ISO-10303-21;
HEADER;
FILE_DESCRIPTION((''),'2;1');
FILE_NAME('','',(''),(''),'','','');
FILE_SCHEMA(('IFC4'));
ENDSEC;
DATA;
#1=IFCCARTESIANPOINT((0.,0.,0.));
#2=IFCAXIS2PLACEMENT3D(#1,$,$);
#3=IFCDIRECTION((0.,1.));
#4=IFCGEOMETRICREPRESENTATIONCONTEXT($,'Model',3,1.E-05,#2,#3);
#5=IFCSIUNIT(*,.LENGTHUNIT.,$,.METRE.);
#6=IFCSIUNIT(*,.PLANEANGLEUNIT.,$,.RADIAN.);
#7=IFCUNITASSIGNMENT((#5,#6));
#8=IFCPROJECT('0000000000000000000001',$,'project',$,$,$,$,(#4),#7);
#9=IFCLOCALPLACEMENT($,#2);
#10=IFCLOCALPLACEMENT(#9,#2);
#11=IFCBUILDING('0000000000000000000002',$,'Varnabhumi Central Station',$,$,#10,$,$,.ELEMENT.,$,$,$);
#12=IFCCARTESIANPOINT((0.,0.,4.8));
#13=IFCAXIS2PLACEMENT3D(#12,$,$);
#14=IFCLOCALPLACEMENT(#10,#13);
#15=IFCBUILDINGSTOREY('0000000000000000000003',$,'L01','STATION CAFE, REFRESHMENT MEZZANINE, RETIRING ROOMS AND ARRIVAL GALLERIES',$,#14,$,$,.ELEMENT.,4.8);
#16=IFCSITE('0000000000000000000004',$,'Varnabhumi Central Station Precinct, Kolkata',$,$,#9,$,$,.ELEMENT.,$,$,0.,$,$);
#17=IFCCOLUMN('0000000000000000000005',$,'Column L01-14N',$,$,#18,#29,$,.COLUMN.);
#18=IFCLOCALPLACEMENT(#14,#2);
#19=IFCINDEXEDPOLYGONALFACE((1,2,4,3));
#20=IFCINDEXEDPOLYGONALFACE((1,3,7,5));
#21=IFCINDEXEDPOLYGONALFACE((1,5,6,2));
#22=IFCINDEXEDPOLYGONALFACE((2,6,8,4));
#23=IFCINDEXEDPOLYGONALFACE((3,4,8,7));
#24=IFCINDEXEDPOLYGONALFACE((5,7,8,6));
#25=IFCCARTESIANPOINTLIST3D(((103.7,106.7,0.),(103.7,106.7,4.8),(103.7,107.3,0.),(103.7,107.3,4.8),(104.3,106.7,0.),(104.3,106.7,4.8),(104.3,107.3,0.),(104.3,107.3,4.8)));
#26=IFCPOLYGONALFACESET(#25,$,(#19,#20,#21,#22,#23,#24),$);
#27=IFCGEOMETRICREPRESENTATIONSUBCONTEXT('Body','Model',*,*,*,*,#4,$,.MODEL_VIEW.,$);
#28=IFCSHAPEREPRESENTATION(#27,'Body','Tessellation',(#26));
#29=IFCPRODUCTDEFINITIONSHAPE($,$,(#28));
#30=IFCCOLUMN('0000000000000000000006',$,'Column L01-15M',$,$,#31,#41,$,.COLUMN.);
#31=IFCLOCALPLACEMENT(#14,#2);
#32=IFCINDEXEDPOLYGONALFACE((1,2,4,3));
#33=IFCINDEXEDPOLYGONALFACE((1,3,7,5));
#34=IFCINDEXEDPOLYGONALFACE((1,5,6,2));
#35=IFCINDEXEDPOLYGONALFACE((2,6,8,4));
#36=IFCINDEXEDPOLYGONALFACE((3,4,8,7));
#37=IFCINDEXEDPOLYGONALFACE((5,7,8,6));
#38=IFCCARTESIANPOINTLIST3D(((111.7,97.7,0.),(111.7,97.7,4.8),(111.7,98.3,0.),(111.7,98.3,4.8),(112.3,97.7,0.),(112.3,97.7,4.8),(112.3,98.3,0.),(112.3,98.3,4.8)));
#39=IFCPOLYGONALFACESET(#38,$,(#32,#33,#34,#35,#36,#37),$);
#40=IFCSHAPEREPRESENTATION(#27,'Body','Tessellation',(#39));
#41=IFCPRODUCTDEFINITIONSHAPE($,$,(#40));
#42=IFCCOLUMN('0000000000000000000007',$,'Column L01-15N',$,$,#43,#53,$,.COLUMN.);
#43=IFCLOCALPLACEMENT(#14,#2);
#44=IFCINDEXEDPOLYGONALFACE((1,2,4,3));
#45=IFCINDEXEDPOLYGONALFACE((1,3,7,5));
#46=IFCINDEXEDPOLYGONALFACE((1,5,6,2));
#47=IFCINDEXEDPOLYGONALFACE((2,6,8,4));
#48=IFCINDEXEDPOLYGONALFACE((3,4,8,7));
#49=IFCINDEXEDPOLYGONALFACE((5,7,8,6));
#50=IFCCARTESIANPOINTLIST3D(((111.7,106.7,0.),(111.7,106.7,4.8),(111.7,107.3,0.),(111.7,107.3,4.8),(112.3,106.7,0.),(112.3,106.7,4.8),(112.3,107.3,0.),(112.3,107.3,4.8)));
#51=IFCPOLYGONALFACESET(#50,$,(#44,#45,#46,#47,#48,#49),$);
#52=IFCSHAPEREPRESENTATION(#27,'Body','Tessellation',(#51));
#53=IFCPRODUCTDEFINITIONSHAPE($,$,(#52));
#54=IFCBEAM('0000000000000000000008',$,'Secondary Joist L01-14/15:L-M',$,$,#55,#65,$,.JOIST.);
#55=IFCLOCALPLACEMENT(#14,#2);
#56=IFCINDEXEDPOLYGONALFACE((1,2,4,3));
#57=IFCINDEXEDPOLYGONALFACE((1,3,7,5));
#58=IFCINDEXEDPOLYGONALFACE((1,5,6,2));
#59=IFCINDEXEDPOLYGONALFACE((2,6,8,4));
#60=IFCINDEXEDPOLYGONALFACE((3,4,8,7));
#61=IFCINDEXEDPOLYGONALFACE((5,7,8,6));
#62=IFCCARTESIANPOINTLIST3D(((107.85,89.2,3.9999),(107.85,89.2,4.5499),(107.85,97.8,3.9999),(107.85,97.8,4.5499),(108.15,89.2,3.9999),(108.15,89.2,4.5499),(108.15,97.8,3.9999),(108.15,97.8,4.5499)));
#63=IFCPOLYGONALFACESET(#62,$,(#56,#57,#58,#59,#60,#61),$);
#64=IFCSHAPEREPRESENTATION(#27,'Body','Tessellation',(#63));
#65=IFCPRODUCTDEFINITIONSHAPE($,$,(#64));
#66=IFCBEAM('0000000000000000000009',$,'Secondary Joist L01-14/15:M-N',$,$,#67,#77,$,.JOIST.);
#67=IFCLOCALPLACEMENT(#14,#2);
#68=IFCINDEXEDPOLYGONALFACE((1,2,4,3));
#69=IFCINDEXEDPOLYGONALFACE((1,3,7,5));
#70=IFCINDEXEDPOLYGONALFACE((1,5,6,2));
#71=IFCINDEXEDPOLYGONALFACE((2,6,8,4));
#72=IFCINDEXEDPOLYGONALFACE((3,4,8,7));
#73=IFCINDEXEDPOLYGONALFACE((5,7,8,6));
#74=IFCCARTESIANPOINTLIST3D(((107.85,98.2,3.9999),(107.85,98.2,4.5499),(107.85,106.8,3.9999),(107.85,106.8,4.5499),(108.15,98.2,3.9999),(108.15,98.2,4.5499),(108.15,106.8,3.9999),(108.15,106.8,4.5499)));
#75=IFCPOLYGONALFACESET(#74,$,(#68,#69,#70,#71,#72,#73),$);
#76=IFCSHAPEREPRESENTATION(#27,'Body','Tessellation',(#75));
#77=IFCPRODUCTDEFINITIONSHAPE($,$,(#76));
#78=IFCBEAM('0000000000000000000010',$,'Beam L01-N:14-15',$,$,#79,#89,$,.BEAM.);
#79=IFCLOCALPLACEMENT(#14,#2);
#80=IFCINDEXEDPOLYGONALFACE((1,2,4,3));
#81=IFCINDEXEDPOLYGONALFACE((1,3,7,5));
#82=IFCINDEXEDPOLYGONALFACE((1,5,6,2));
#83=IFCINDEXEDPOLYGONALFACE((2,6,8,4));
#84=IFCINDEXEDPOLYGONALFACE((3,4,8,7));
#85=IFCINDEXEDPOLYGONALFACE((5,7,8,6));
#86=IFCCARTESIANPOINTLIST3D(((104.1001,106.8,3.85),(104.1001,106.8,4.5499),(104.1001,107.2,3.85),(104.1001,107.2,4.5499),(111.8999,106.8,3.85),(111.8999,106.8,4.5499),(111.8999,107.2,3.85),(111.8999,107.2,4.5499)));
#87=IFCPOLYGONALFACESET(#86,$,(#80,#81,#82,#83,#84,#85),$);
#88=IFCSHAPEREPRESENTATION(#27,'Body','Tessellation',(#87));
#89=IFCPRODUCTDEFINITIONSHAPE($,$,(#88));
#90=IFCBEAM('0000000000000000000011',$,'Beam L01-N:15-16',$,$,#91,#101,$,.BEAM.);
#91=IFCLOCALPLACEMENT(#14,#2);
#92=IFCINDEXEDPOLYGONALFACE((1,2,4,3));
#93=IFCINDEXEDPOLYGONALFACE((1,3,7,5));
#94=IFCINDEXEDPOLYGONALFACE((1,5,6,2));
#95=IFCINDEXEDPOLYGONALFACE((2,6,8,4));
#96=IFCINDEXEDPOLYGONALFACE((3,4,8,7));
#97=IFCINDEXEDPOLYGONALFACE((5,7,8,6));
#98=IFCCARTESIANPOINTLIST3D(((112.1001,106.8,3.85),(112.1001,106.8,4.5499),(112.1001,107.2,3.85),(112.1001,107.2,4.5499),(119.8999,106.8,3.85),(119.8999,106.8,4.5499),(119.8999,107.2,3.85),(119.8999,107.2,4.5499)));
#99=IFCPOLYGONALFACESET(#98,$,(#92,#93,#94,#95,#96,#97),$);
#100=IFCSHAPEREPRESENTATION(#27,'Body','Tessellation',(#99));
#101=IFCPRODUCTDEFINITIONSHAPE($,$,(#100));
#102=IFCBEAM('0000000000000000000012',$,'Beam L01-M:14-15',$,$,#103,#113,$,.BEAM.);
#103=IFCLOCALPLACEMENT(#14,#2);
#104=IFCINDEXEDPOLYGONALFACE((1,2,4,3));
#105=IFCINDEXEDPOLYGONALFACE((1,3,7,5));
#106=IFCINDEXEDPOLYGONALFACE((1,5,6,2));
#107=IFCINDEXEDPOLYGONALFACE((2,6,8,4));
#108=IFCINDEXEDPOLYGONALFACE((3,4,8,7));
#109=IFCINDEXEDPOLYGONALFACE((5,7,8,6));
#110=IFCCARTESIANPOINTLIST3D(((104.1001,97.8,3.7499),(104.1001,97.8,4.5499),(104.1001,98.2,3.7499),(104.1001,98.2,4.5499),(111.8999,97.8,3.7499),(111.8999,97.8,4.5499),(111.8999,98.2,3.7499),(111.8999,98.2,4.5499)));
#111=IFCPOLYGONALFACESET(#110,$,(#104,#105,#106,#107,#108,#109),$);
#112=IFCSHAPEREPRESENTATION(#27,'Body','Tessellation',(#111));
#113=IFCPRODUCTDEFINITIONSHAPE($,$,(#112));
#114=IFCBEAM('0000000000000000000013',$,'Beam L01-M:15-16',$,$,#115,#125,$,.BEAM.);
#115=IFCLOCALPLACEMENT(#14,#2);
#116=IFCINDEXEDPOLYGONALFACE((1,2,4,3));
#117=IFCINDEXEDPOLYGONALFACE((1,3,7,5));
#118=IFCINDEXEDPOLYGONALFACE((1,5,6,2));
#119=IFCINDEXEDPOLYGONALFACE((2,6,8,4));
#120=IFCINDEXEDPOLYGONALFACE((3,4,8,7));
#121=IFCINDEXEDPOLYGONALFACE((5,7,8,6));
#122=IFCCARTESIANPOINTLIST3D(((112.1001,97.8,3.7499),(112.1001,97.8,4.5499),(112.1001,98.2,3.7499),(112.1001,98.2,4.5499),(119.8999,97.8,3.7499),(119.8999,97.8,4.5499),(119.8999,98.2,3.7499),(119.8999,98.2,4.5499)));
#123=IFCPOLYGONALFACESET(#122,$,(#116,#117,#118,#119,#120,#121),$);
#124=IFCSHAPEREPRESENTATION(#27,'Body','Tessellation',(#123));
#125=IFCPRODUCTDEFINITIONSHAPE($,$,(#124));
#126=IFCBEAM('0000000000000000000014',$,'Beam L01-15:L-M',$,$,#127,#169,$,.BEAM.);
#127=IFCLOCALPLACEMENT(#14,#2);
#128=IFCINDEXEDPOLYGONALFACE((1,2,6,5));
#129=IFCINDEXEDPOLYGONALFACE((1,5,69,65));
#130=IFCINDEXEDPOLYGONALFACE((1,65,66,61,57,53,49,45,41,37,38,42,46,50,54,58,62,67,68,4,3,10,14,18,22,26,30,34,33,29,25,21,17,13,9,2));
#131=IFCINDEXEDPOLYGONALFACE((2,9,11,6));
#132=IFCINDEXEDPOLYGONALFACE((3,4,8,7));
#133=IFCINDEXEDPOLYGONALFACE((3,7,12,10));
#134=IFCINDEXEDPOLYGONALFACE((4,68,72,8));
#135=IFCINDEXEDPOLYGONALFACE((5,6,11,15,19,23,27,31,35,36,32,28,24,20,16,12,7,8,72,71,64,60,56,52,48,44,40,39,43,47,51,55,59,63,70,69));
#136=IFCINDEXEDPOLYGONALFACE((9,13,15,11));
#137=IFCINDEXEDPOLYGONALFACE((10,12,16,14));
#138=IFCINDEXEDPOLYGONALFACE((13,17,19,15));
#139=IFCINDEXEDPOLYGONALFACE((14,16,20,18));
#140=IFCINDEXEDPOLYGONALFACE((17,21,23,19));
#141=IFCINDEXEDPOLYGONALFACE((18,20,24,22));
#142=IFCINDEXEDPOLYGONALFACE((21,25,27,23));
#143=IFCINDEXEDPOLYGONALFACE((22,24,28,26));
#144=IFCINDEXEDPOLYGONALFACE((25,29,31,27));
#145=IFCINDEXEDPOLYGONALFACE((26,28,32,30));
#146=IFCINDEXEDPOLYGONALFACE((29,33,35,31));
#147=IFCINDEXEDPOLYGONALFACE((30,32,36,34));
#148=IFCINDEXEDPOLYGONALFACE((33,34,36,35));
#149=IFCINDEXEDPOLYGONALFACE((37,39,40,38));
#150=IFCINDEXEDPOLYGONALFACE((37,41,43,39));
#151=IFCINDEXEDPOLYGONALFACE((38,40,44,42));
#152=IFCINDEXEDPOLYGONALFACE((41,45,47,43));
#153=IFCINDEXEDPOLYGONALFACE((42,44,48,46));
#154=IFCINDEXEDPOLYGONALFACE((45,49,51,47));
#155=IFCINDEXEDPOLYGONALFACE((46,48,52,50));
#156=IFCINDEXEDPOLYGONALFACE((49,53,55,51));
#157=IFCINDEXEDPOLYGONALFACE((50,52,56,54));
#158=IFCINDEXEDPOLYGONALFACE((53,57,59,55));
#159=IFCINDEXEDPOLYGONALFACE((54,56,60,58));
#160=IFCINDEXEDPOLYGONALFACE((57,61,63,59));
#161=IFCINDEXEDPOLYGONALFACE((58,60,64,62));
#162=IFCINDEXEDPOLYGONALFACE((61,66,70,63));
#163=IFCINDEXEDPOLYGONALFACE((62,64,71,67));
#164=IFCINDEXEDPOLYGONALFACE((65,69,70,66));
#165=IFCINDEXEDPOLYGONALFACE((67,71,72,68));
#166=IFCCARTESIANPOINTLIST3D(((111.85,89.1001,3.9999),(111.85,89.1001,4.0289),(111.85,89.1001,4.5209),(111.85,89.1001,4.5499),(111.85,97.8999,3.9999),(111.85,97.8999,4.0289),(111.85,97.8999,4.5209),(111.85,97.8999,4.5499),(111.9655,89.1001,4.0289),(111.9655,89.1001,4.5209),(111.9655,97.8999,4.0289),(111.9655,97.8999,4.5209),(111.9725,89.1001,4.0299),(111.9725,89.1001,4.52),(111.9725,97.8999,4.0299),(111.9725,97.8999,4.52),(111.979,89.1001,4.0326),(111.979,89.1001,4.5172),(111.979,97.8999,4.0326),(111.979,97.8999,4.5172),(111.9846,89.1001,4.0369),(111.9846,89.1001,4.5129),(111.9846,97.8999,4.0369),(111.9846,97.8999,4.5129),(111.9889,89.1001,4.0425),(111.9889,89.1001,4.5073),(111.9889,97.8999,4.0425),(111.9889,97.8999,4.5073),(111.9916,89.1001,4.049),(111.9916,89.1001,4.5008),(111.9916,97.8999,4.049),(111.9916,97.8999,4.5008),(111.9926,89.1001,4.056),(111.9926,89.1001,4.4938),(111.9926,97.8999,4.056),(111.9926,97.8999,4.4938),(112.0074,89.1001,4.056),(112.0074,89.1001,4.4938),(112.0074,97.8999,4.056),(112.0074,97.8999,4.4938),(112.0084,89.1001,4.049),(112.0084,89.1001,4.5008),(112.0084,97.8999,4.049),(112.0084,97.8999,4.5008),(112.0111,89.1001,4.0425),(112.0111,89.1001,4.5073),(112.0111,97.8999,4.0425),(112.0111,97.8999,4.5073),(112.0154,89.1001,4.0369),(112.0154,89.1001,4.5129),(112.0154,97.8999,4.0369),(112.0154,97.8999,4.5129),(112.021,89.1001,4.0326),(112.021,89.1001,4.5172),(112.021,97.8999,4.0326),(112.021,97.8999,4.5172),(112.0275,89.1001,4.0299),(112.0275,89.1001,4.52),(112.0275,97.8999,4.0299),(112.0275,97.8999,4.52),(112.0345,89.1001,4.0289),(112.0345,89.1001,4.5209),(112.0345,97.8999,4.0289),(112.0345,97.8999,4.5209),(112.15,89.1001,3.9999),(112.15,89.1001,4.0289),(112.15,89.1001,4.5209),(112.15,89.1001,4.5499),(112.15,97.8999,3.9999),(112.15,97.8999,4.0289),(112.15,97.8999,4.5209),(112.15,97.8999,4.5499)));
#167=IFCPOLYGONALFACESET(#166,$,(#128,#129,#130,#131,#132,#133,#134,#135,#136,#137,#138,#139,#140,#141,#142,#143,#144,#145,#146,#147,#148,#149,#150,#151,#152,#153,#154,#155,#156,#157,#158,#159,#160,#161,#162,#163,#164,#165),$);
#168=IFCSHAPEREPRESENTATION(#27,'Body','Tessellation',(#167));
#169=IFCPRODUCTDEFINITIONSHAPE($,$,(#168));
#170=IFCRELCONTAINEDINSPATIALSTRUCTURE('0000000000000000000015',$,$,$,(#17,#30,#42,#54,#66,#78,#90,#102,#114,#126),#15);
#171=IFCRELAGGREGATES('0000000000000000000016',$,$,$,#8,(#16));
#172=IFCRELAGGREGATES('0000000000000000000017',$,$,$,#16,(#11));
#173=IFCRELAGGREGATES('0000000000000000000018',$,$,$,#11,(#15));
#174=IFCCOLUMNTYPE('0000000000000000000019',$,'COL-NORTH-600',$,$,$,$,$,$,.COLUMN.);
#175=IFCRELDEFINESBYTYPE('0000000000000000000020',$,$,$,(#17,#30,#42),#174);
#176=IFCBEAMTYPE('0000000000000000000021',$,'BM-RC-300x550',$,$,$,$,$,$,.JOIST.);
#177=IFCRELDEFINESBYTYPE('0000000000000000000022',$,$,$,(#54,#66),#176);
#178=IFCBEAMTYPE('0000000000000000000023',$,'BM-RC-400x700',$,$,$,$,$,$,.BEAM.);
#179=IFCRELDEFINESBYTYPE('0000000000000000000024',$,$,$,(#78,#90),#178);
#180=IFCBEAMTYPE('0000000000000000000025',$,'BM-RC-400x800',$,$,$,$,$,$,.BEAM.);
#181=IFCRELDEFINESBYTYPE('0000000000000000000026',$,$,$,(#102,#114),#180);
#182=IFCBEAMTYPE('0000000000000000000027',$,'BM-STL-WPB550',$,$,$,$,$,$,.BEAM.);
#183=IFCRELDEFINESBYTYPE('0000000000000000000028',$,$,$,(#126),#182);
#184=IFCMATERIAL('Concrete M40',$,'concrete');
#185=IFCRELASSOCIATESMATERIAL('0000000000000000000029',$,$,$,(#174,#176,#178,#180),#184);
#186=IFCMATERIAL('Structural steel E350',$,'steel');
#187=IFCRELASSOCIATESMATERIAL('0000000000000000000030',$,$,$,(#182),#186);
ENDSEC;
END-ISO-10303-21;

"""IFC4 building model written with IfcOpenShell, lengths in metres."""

from ifc_helpers import new_model, si_unit, direction, frame, origin, origin_2d, place, context, subcontext, project, spatial, rectangle, i_section, extrude, material, material_profile, profile_set, type_object, element, save


model = new_model("IFC4")

# Units and contexts
model_context = context("Model", 3, precision=1e-05, world=origin(), true_north=direction((0.0, 1.0)))
body_context = subcontext(model_context, "Body", "Model", "MODEL_VIEW")
ifc_project = project(units=[si_unit("LENGTHUNIT", "METRE"), si_unit("PLANEANGLEUNIT", "RADIAN")], contexts=[model_context])

# Site, building, storey
site_placement = place(None, origin())
site = spatial("IfcSite", under=ifc_project, at=site_placement, Name="Varnabhumi Central Station Precinct, Kolkata", CompositionType="ELEMENT", RefElevation=0.0)
building_placement = place(site_placement, origin())
building = spatial("IfcBuilding", under=site, at=building_placement, Name="Varnabhumi Central Station", CompositionType="ELEMENT")
storey_placement = place(building_placement, frame((0.0, 0.0, 4.8)))
storey = spatial("IfcBuildingStorey", under=building, at=storey_placement, Name="L01", Description="STATION CAFE, REFRESHMENT MEZZANINE, RETIRING ROOMS AND ARRIVAL GALLERIES", CompositionType="ELEMENT", Elevation=4.8)

# Columns
ifc_material_1 = material(Name="Concrete M40", Category="concrete")
ifc_material_profile_1 = material_profile(ifc_material_1, rectangle(XDim=0.6001, YDim=0.6001, at=origin_2d()), Name="Concrete M40", Category="concrete")
ifc_profile_set_1 = profile_set([ifc_material_profile_1], Name="Concrete M40")
column_type = type_object("IfcColumnType", Name="COL-NORTH-600", PredefinedType="COLUMN", material=ifc_profile_set_1)
for number, where, z_axis, x_axis, name in (
    (1, (104.0, 107.0, 0.0), (0.0, 0.0, 1.0), (1.0, 0.0, 0.0), "Column L01-14N"),
    (2, (112.0, 98.0, 0.0), (0.0, 0.0, 1.0), (1.0, 0.0, 0.0), "Column L01-15M"),
    (3, (112.0, 107.0, 0.0), (0.0, 0.0, 1.0), (1.0, 0.0, 0.0), "Column L01-15N"),
):
    element("IfcColumn", number, at=place(storey_placement, frame(where, z_axis=z_axis, x_axis=x_axis)), inside=storey, type_object=column_type, Name=name, PredefinedType="COLUMN", context=body_context, shape_type="SweptSolid", body=[
        extrude(rectangle(XDim=0.6001, YDim=0.6001, at=origin_2d()), origin(), (0.0, 0.0, 1.0), 4.8),
    ])

# Beams
ifc_material_profile_2 = material_profile(ifc_material_1, rectangle(XDim=0.3, YDim=0.55, at=origin_2d()), Name="Concrete M40", Category="concrete")
ifc_profile_set_2 = profile_set([ifc_material_profile_2], Name="Concrete M40")
beam_type_1 = type_object("IfcBeamType", Name="BM-RC-300x550", PredefinedType="JOIST", material=ifc_profile_set_2)
for number, where, z_axis, x_axis, name in (
    (4, (108.0, 89.2, 4.2749), (0.0, 1.0, 0.0), (-1.0, 0.0, 0.0), "Secondary Joist L01-14/15:L-M"),
    (5, (108.0, 98.2, 4.2749), (0.0, 1.0, 0.0), (-1.0, 0.0, 0.0), "Secondary Joist L01-14/15:M-N"),
):
    element("IfcBeam", number, at=place(storey_placement, frame(where, z_axis=z_axis, x_axis=x_axis)), inside=storey, type_object=beam_type_1, Name=name, PredefinedType="JOIST", context=body_context, shape_type="SweptSolid", body=[
        extrude(rectangle(XDim=0.3, YDim=0.55, at=origin_2d()), origin(), (0.0, 0.0, 1.0), 8.6001),
    ])
ifc_material_profile_3 = material_profile(ifc_material_1, rectangle(XDim=0.3999, YDim=0.7, at=origin_2d()), Name="Concrete M40", Category="concrete")
ifc_profile_set_3 = profile_set([ifc_material_profile_3], Name="Concrete M40")
beam_type_2 = type_object("IfcBeamType", Name="BM-RC-400x700", PredefinedType="BEAM", material=ifc_profile_set_3)
for number, where, z_axis, x_axis, name in (
    (6, (104.1001, 107.0, 4.2), (1.0, 0.0, 0.0), (0.0, 1.0, 0.0), "Beam L01-N:14-15"),
    (7, (112.1001, 107.0, 4.2), (1.0, 0.0, 0.0), (0.0, 1.0, 0.0), "Beam L01-N:15-16"),
):
    element("IfcBeam", number, at=place(storey_placement, frame(where, z_axis=z_axis, x_axis=x_axis)), inside=storey, type_object=beam_type_2, Name=name, PredefinedType="BEAM", context=body_context, shape_type="SweptSolid", body=[
        extrude(rectangle(XDim=0.3999, YDim=0.7, at=origin_2d()), origin(), (0.0, 0.0, 1.0), 7.7998),
    ])
ifc_material_profile_4 = material_profile(ifc_material_1, rectangle(XDim=0.3999, YDim=0.8, at=origin_2d()), Name="Concrete M40", Category="concrete")
ifc_profile_set_4 = profile_set([ifc_material_profile_4], Name="Concrete M40")
beam_type_3 = type_object("IfcBeamType", Name="BM-RC-400x800", PredefinedType="BEAM", material=ifc_profile_set_4)
for number, where, z_axis, x_axis, name in (
    (8, (104.1001, 98.0, 4.1499), (1.0, 0.0, 0.0), (0.0, 1.0, 0.0), "Beam L01-M:14-15"),
    (9, (112.1001, 98.0, 4.1499), (1.0, 0.0, 0.0), (0.0, 1.0, 0.0), "Beam L01-M:15-16"),
):
    element("IfcBeam", number, at=place(storey_placement, frame(where, z_axis=z_axis, x_axis=x_axis)), inside=storey, type_object=beam_type_3, Name=name, PredefinedType="BEAM", context=body_context, shape_type="SweptSolid", body=[
        extrude(rectangle(XDim=0.3999, YDim=0.8, at=origin_2d()), origin(), (0.0, 0.0, 1.0), 7.7998),
    ])
ifc_material_2 = material(Name="Structural steel E350", Category="steel")
ifc_material_profile_5 = material_profile(ifc_material_2, i_section(OverallWidth=0.3, OverallDepth=0.55, WebThickness=0.0149, FlangeThickness=0.0291, FilletRadius=0.0271, at=origin_2d()), Name="Structural steel E350", Category="steel")
ifc_profile_set_5 = profile_set([ifc_material_profile_5], Name="Structural steel E350")
beam_type_4 = type_object("IfcBeamType", Name="BM-STL-WPB550", PredefinedType="BEAM", material=ifc_profile_set_5)
for number, where, z_axis, x_axis, name in (
    (10, (112.0, 89.1001, 4.2749), (0.0, 1.0, 0.0), (-1.0, 0.0, 0.0), "Beam L01-15:L-M"),
):
    element("IfcBeam", number, at=place(storey_placement, frame(where, z_axis=z_axis, x_axis=x_axis)), inside=storey, type_object=beam_type_4, Name=name, PredefinedType="BEAM", context=body_context, shape_type="SweptSolid", body=[
        extrude(i_section(OverallWidth=0.3, OverallDepth=0.55, WebThickness=0.0149, FlangeThickness=0.0291, FilletRadius=0.0271, at=origin_2d()), origin(), (0.0, 0.0, 1.0), 8.7998),
    ])

save(model, "model.ifc")
